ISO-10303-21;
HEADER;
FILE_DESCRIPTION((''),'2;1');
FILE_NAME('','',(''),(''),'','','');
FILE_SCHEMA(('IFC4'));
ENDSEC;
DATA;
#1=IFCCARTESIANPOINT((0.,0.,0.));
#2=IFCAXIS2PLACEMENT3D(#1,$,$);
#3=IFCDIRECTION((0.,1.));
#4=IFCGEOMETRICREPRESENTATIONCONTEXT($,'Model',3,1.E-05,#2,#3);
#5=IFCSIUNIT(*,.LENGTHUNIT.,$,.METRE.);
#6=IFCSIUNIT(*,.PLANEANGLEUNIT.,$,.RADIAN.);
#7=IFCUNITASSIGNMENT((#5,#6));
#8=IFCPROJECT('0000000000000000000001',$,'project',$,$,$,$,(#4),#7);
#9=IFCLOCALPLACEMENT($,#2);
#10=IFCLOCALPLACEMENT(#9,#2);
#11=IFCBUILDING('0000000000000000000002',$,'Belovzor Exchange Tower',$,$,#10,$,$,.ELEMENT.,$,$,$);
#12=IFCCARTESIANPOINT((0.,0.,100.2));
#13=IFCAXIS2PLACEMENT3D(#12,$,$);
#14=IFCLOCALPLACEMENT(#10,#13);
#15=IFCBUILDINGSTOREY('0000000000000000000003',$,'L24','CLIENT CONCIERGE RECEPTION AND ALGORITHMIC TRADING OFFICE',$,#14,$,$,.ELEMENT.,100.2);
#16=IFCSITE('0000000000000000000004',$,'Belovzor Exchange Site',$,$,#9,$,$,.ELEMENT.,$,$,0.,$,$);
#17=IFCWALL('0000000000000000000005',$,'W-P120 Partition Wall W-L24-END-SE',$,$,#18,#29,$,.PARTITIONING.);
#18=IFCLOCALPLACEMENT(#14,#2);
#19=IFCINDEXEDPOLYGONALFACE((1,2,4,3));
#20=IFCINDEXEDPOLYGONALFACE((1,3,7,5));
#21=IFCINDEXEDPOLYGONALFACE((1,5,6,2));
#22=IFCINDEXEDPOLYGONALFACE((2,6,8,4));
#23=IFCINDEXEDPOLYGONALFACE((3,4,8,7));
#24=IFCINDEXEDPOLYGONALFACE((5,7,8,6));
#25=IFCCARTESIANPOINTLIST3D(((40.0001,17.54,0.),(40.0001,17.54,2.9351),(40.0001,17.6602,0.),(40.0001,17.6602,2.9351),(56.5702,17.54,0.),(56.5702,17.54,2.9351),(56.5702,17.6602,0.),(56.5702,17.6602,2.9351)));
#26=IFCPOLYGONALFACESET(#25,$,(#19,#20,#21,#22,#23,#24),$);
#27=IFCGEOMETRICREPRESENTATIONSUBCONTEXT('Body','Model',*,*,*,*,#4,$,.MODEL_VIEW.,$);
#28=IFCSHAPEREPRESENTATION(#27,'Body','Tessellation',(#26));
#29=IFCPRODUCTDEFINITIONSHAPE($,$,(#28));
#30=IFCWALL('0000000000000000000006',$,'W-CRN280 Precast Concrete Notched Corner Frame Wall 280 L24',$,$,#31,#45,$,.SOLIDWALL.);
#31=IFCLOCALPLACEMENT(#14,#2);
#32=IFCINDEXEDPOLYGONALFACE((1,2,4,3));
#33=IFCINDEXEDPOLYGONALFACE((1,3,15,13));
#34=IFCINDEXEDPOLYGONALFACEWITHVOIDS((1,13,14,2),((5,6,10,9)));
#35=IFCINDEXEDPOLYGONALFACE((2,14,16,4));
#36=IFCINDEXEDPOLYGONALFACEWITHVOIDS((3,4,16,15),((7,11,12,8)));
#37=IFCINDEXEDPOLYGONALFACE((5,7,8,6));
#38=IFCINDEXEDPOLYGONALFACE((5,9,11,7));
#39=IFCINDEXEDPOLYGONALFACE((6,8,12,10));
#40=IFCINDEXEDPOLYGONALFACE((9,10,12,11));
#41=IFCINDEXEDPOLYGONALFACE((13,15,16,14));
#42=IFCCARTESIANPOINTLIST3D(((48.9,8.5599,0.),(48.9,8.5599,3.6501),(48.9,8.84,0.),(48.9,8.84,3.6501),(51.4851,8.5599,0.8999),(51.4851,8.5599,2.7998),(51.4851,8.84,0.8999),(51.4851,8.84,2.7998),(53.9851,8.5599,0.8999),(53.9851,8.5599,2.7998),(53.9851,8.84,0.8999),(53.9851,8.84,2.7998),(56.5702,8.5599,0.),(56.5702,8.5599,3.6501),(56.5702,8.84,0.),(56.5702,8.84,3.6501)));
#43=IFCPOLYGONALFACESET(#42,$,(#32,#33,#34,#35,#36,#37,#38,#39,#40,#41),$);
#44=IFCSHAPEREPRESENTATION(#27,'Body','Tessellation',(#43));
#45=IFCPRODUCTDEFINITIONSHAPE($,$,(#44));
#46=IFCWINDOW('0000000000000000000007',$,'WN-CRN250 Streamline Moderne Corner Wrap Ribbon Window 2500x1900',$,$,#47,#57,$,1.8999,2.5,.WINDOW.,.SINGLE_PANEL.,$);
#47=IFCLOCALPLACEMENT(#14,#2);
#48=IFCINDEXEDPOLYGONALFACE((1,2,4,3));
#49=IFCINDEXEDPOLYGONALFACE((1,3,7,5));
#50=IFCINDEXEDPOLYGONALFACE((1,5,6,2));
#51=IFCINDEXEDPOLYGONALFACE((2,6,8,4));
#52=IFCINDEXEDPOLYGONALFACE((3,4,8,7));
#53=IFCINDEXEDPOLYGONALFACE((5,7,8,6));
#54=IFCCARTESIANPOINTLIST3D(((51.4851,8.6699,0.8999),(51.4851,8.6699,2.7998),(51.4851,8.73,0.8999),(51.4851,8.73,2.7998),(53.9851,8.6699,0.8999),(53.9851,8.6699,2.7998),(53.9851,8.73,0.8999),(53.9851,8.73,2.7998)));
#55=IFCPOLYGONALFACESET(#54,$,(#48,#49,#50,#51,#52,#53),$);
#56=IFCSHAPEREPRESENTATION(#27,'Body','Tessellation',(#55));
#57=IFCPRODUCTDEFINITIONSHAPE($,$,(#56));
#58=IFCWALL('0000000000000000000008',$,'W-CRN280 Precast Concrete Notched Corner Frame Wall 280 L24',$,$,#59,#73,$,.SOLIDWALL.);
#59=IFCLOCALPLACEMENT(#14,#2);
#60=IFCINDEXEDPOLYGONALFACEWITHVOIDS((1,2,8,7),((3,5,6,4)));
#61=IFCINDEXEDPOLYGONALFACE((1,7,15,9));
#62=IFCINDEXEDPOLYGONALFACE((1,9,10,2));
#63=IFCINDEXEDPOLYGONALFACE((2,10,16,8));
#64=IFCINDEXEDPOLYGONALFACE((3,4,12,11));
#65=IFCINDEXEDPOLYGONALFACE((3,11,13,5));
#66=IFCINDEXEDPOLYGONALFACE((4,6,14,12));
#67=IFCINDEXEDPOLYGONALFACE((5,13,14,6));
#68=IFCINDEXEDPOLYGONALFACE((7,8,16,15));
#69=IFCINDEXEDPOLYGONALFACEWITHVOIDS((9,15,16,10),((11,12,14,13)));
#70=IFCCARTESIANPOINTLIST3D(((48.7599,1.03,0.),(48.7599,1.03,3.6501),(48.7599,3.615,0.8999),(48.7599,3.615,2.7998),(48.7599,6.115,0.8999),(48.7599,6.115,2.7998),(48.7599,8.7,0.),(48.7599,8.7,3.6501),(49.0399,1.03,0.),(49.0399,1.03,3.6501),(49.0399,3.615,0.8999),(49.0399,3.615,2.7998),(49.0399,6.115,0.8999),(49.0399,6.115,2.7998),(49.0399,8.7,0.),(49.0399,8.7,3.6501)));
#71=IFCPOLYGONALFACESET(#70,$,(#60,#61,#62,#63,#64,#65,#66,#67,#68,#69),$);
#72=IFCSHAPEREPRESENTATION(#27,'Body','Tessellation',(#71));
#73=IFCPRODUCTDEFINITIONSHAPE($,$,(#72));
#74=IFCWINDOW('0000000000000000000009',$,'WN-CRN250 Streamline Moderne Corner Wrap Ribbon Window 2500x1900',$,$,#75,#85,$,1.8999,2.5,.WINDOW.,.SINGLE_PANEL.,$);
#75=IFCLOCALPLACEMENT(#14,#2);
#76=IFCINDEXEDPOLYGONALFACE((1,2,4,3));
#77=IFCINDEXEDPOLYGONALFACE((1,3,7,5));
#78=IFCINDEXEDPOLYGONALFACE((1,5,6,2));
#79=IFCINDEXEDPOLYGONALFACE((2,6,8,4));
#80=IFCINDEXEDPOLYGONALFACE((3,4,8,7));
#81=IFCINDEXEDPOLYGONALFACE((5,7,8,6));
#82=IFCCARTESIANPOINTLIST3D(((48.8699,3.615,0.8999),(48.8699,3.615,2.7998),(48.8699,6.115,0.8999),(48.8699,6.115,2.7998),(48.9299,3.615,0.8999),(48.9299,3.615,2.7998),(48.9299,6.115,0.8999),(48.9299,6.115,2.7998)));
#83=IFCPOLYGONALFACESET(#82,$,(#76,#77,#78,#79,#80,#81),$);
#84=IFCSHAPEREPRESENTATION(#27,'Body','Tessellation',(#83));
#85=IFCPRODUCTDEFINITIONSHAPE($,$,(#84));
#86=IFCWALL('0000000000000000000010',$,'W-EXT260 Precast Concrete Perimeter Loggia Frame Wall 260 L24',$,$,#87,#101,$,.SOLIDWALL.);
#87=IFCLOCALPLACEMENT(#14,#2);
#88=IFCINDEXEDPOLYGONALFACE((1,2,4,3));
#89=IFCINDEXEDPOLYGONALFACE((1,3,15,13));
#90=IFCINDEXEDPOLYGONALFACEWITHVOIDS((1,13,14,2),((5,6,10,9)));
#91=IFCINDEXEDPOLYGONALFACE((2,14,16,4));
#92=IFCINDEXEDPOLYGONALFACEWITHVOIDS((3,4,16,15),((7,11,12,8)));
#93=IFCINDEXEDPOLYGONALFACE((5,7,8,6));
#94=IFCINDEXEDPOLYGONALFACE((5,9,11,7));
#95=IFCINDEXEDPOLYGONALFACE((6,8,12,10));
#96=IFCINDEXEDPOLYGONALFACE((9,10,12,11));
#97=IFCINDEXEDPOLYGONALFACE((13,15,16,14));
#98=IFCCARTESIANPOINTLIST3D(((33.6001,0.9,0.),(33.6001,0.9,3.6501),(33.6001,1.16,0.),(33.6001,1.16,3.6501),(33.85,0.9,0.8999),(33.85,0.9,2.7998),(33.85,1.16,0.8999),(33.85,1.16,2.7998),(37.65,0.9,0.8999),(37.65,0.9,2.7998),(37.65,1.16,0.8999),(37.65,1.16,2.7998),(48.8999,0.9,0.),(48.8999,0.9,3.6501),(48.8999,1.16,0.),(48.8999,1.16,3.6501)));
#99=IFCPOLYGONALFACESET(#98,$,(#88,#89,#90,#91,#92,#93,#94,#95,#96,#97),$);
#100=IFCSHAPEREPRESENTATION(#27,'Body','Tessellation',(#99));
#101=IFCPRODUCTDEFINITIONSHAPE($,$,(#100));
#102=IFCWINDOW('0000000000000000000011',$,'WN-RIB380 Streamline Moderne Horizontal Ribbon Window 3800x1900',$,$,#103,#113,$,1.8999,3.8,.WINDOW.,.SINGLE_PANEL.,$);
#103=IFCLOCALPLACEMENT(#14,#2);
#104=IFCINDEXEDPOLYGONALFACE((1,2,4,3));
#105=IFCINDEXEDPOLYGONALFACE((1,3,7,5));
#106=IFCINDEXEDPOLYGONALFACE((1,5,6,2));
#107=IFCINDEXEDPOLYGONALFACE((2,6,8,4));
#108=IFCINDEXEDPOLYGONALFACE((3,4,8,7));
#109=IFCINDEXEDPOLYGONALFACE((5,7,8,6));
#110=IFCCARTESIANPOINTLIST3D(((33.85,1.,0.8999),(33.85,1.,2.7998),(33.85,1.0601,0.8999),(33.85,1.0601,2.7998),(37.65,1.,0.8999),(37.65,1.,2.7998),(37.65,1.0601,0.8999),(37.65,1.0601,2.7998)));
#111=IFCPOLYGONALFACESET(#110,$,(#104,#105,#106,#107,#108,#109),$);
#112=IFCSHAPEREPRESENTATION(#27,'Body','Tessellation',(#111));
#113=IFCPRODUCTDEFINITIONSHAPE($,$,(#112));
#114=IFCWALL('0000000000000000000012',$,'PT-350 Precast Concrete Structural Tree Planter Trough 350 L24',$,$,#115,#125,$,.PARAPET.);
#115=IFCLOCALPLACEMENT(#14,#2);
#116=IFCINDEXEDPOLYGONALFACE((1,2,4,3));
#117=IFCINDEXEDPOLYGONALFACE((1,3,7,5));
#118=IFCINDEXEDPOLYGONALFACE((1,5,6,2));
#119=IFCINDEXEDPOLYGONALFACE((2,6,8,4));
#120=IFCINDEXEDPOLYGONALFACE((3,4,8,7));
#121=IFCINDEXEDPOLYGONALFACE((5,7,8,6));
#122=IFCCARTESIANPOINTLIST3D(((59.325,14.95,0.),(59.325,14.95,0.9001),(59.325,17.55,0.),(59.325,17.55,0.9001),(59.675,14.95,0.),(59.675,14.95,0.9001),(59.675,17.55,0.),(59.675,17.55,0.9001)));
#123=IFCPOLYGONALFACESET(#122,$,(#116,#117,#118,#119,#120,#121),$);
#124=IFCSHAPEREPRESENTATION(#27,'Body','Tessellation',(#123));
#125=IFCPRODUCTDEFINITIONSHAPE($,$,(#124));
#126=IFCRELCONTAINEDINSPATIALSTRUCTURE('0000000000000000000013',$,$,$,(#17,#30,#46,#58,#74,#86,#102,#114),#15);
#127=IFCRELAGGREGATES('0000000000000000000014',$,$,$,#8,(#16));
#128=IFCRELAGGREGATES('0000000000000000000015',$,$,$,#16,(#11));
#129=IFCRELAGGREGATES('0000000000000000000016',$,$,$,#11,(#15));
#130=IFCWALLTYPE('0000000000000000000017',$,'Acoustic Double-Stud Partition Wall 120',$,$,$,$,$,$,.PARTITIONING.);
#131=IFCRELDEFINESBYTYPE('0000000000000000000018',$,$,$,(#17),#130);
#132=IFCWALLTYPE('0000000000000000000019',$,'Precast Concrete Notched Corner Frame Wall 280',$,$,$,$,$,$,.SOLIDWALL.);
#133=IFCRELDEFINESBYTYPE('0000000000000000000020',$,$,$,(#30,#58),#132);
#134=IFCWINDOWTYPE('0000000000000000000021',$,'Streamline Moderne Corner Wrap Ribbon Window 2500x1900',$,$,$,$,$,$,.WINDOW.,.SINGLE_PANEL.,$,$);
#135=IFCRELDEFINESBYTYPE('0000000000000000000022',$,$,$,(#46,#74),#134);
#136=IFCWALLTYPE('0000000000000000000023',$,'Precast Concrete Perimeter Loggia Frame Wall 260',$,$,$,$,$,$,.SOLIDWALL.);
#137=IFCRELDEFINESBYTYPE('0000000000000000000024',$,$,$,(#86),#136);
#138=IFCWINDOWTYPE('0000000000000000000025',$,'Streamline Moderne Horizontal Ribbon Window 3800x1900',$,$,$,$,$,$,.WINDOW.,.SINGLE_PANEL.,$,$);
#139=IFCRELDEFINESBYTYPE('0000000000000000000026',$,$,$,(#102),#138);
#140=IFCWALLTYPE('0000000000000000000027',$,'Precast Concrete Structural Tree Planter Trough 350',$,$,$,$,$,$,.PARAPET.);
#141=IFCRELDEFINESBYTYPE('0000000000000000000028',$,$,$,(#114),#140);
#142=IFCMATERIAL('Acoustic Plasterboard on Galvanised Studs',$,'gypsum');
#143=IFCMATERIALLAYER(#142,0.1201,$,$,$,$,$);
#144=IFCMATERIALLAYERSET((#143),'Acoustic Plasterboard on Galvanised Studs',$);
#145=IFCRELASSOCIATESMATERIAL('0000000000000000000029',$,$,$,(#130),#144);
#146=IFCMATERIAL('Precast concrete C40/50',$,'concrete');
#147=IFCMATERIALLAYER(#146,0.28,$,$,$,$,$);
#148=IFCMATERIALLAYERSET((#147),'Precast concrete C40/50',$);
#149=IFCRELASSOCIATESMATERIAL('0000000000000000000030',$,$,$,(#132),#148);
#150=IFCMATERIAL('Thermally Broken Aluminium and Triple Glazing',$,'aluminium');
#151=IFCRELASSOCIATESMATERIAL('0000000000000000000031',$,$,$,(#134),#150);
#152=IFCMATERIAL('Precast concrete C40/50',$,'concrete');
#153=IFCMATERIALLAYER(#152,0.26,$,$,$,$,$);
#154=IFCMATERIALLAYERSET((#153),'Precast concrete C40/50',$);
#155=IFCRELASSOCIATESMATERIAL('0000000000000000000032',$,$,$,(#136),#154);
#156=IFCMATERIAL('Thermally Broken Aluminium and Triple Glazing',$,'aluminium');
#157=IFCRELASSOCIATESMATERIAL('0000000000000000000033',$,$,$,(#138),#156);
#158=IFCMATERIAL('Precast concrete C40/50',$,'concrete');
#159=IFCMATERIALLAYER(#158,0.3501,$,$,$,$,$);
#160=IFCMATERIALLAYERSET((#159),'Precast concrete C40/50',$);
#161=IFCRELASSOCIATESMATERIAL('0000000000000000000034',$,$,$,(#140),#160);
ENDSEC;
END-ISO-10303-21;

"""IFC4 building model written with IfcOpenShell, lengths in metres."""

from ifc_helpers import new_model, si_unit, direction, frame, frame_2d, origin, place, context, subcontext, project, spatial, rectangle, extrude, material, layer, layer_set, type_object, element, fill, save


model = new_model("IFC4")

# Units and contexts
model_context = context("Model", 3, precision=1e-05, world=origin(), true_north=direction((0.0, 1.0)))
body_context = subcontext(model_context, "Body", "Model", "MODEL_VIEW")
ifc_project = project(units=[si_unit("LENGTHUNIT", "METRE"), si_unit("PLANEANGLEUNIT", "RADIAN")], contexts=[model_context])

# Site, building, storey
site_placement = place(None, origin())
site = spatial("IfcSite", under=ifc_project, at=site_placement, Name="Belovzor Exchange Site", CompositionType="ELEMENT", RefElevation=0.0)
building_placement = place(site_placement, origin())
building = spatial("IfcBuilding", under=site, at=building_placement, Name="Belovzor Exchange Tower", CompositionType="ELEMENT")
storey_placement = place(building_placement, frame((0.0, 0.0, 100.2)))
storey = spatial("IfcBuildingStorey", under=building, at=storey_placement, Name="L24", Description="CLIENT CONCIERGE RECEPTION AND ALGORITHMIC TRADING OFFICE", CompositionType="ELEMENT", Elevation=100.2)

# Wall
ifc_material_1 = material(Name="Acoustic Plasterboard on Galvanised Studs", Category="gypsum")
ifc_layer_1 = layer(ifc_material_1, 0.1201)
ifc_layer_set_1 = layer_set([ifc_layer_1], Name="Acoustic Plasterboard on Galvanised Studs")
wall_type_1 = type_object("IfcWallType", Name="Acoustic Double-Stud Partition Wall 120", PredefinedType="PARTITIONING", material=ifc_layer_set_1)
wall_1_placement = place(storey_placement, frame((40.0, 17.6001, 0.0), z_axis=(0.0, 0.0, 1.0), x_axis=(1.0, 0.0, 0.0)))
element("IfcWall", 1, at=wall_1_placement, inside=storey, type_object=wall_type_1, Name="W-P120 Partition Wall W-L24-END-SE", PredefinedType="PARTITIONING", context=body_context, shape_type="SweptSolid", body=[
    extrude(rectangle(XDim=16.5701, YDim=0.1201, at=frame_2d((8.2852, 0.0))), origin(), (0.0, 0.0, 1.0), 2.9351),
])

# Walls, openings, windows
ifc_material_2 = material(Name="Precast concrete C40/50", Category="concrete")
ifc_layer_2 = layer(ifc_material_2, 0.28)
ifc_layer_set_2 = layer_set([ifc_layer_2], Name="Precast concrete C40/50")
wall_type_2 = type_object("IfcWallType", Name="Precast Concrete Notched Corner Frame Wall 280", PredefinedType="SOLIDWALL", material=ifc_layer_set_2)
wall_2_placement = place(storey_placement, frame((56.5701, 8.7, 0.0), z_axis=(0.0, 0.0, 1.0), x_axis=(-1.0, 0.0, 0.0)))
wall_2 = element("IfcWall", 2, at=wall_2_placement, inside=storey, type_object=wall_type_2, Name="W-CRN280 Precast Concrete Notched Corner Frame Wall 280 L24", PredefinedType="SOLIDWALL", context=body_context, shape_type="SweptSolid", body=[
    extrude(rectangle(XDim=7.6702, YDim=0.28, at=frame_2d((3.835, 0.0))), origin(), (0.0, 0.0, 1.0), 3.6501),
])
opening_1_placement = place(wall_2_placement, frame((2.585, 0.0, 0.8999)))
opening_1 = element("IfcOpeningElement", 3, at=opening_1_placement, cuts=wall_2, PredefinedType="OPENING", context=body_context, shape_type="SweptSolid", body=[
    extrude(rectangle(XDim=2.5, YDim=1.8999, at=frame_2d((1.25, 0.95))), frame((0.0, 0.1499, 0.0), z_axis=(0.0, -1.0, 0.0), x_axis=(1.0, 0.0, 0.0)), (0.0, 0.0, 1.0), 0.3),
])
ifc_material_3 = material(Name="Thermally Broken Aluminium and Triple Glazing", Category="aluminium")
window_type_1 = type_object("IfcWindowType", Name="Streamline Moderne Corner Wrap Ribbon Window 2500x1900", PartitioningType="SINGLE_PANEL", PredefinedType="WINDOW", material=ifc_material_3)
window_1_placement = place(opening_1_placement, origin())
window_1 = element("IfcWindow", 4, at=window_1_placement, inside=storey, type_object=window_type_1, Name="WN-CRN250 Streamline Moderne Corner Wrap Ribbon Window 2500x1900", OverallHeight=1.8999, OverallWidth=2.5, PartitioningType="SINGLE_PANEL", PredefinedType="WINDOW", context=body_context, shape_type="SweptSolid", body=[
    extrude(rectangle(XDim=2.5, YDim=1.8999, at=frame_2d((1.25, 0.95))), frame((0.0, 0.03, 0.0), z_axis=(0.0, -1.0, 0.0), x_axis=(1.0, 0.0, 0.0)), (0.0, 0.0, 1.0), 0.0601),
])
fill(opening_1, window_1)
wall_3_placement = place(storey_placement, frame((48.8999, 8.7, 0.0), z_axis=(0.0, 0.0, 1.0), x_axis=(0.0, -1.0, 0.0)))
wall_3 = element("IfcWall", 5, at=wall_3_placement, inside=storey, type_object=wall_type_2, Name="W-CRN280 Precast Concrete Notched Corner Frame Wall 280 L24", PredefinedType="SOLIDWALL", context=body_context, shape_type="SweptSolid", body=[
    extrude(rectangle(XDim=7.6699, YDim=0.28, at=frame_2d((3.835, 0.0))), origin(), (0.0, 0.0, 1.0), 3.6501),
])
opening_2_placement = place(wall_3_placement, frame((2.585, 0.0, 0.8999)))
opening_2 = element("IfcOpeningElement", 6, at=opening_2_placement, cuts=wall_3, PredefinedType="OPENING", context=body_context, shape_type="SweptSolid", body=[
    extrude(rectangle(XDim=2.5, YDim=1.8999, at=frame_2d((1.25, 0.95))), frame((0.0, 0.1499, 0.0), z_axis=(0.0, -1.0, 0.0), x_axis=(1.0, 0.0, 0.0)), (0.0, 0.0, 1.0), 0.3),
])
window_2_placement = place(opening_2_placement, origin())
window_2 = element("IfcWindow", 7, at=window_2_placement, inside=storey, type_object=window_type_1, Name="WN-CRN250 Streamline Moderne Corner Wrap Ribbon Window 2500x1900", OverallHeight=1.8999, OverallWidth=2.5, PartitioningType="SINGLE_PANEL", PredefinedType="WINDOW", context=body_context, shape_type="SweptSolid", body=[
    extrude(rectangle(XDim=2.5, YDim=1.8999, at=frame_2d((1.25, 0.95))), frame((0.0, 0.03, 0.0), z_axis=(0.0, -1.0, 0.0), x_axis=(1.0, 0.0, 0.0)), (0.0, 0.0, 1.0), 0.0601),
])
fill(opening_2, window_2)
ifc_material_4 = material(Name="Precast concrete C40/50", Category="concrete")
ifc_layer_3 = layer(ifc_material_4, 0.26)
ifc_layer_set_3 = layer_set([ifc_layer_3], Name="Precast concrete C40/50")
wall_type_3 = type_object("IfcWallType", Name="Precast Concrete Perimeter Loggia Frame Wall 260", PredefinedType="SOLIDWALL", material=ifc_layer_set_3)
wall_4_placement = place(storey_placement, frame((48.8999, 1.03, 0.0), z_axis=(0.0, 0.0, 1.0), x_axis=(-1.0, 0.0, 0.0)))
wall_4 = element("IfcWall", 8, at=wall_4_placement, inside=storey, type_object=wall_type_3, Name="W-EXT260 Precast Concrete Perimeter Loggia Frame Wall 260 L24", PredefinedType="SOLIDWALL", context=body_context, shape_type="SweptSolid", body=[
    extrude(rectangle(XDim=15.2998, YDim=0.26, at=frame_2d((7.6499, 0.0))), origin(), (0.0, 0.0, 1.0), 3.6501),
])
opening_3_placement = place(wall_4_placement, frame((11.25, 0.0, 0.8999)))
opening_3 = element("IfcOpeningElement", 9, at=opening_3_placement, cuts=wall_4, PredefinedType="OPENING", context=body_context, shape_type="SweptSolid", body=[
    extrude(rectangle(XDim=3.8, YDim=1.8999, at=frame_2d((1.8999, 0.95))), frame((0.0, 0.1399, 0.0), z_axis=(0.0, -1.0, 0.0), x_axis=(1.0, 0.0, 0.0)), (0.0, 0.0, 1.0), 0.28),
])
ifc_material_5 = material(Name="Thermally Broken Aluminium and Triple Glazing", Category="aluminium")
window_type_2 = type_object("IfcWindowType", Name="Streamline Moderne Horizontal Ribbon Window 3800x1900", PartitioningType="SINGLE_PANEL", PredefinedType="WINDOW", material=ifc_material_5)
window_3_placement = place(opening_3_placement, origin())
window_3 = element("IfcWindow", 10, at=window_3_placement, inside=storey, type_object=window_type_2, Name="WN-RIB380 Streamline Moderne Horizontal Ribbon Window 3800x1900", OverallHeight=1.8999, OverallWidth=3.8, PartitioningType="SINGLE_PANEL", PredefinedType="WINDOW", context=body_context, shape_type="SweptSolid", body=[
    extrude(rectangle(XDim=3.8, YDim=1.8999, at=frame_2d((1.8999, 0.95))), frame((0.0, 0.03, 0.0), z_axis=(0.0, -1.0, 0.0), x_axis=(1.0, 0.0, 0.0)), (0.0, 0.0, 1.0), 0.0601),
])
fill(opening_3, window_3)

# Wall
ifc_material_6 = material(Name="Precast concrete C40/50", Category="concrete")
ifc_layer_4 = layer(ifc_material_6, 0.3501)
ifc_layer_set_4 = layer_set([ifc_layer_4], Name="Precast concrete C40/50")
wall_type_4 = type_object("IfcWallType", Name="Precast Concrete Structural Tree Planter Trough 350", PredefinedType="PARAPET", material=ifc_layer_set_4)
wall_5_placement = place(storey_placement, frame((59.5, 14.95, 0.0), z_axis=(0.0, 0.0, 1.0), x_axis=(0.0, 1.0, 0.0)))
element("IfcWall", 11, at=wall_5_placement, inside=storey, type_object=wall_type_4, Name="PT-350 Precast Concrete Structural Tree Planter Trough 350 L24", PredefinedType="PARAPET", context=body_context, shape_type="SweptSolid", body=[
    extrude(rectangle(XDim=2.6001, YDim=0.3501, at=frame_2d((1.3, 0.0))), origin(), (0.0, 0.0, 1.0), 0.9001),
])

save(model, "model.ifc")
